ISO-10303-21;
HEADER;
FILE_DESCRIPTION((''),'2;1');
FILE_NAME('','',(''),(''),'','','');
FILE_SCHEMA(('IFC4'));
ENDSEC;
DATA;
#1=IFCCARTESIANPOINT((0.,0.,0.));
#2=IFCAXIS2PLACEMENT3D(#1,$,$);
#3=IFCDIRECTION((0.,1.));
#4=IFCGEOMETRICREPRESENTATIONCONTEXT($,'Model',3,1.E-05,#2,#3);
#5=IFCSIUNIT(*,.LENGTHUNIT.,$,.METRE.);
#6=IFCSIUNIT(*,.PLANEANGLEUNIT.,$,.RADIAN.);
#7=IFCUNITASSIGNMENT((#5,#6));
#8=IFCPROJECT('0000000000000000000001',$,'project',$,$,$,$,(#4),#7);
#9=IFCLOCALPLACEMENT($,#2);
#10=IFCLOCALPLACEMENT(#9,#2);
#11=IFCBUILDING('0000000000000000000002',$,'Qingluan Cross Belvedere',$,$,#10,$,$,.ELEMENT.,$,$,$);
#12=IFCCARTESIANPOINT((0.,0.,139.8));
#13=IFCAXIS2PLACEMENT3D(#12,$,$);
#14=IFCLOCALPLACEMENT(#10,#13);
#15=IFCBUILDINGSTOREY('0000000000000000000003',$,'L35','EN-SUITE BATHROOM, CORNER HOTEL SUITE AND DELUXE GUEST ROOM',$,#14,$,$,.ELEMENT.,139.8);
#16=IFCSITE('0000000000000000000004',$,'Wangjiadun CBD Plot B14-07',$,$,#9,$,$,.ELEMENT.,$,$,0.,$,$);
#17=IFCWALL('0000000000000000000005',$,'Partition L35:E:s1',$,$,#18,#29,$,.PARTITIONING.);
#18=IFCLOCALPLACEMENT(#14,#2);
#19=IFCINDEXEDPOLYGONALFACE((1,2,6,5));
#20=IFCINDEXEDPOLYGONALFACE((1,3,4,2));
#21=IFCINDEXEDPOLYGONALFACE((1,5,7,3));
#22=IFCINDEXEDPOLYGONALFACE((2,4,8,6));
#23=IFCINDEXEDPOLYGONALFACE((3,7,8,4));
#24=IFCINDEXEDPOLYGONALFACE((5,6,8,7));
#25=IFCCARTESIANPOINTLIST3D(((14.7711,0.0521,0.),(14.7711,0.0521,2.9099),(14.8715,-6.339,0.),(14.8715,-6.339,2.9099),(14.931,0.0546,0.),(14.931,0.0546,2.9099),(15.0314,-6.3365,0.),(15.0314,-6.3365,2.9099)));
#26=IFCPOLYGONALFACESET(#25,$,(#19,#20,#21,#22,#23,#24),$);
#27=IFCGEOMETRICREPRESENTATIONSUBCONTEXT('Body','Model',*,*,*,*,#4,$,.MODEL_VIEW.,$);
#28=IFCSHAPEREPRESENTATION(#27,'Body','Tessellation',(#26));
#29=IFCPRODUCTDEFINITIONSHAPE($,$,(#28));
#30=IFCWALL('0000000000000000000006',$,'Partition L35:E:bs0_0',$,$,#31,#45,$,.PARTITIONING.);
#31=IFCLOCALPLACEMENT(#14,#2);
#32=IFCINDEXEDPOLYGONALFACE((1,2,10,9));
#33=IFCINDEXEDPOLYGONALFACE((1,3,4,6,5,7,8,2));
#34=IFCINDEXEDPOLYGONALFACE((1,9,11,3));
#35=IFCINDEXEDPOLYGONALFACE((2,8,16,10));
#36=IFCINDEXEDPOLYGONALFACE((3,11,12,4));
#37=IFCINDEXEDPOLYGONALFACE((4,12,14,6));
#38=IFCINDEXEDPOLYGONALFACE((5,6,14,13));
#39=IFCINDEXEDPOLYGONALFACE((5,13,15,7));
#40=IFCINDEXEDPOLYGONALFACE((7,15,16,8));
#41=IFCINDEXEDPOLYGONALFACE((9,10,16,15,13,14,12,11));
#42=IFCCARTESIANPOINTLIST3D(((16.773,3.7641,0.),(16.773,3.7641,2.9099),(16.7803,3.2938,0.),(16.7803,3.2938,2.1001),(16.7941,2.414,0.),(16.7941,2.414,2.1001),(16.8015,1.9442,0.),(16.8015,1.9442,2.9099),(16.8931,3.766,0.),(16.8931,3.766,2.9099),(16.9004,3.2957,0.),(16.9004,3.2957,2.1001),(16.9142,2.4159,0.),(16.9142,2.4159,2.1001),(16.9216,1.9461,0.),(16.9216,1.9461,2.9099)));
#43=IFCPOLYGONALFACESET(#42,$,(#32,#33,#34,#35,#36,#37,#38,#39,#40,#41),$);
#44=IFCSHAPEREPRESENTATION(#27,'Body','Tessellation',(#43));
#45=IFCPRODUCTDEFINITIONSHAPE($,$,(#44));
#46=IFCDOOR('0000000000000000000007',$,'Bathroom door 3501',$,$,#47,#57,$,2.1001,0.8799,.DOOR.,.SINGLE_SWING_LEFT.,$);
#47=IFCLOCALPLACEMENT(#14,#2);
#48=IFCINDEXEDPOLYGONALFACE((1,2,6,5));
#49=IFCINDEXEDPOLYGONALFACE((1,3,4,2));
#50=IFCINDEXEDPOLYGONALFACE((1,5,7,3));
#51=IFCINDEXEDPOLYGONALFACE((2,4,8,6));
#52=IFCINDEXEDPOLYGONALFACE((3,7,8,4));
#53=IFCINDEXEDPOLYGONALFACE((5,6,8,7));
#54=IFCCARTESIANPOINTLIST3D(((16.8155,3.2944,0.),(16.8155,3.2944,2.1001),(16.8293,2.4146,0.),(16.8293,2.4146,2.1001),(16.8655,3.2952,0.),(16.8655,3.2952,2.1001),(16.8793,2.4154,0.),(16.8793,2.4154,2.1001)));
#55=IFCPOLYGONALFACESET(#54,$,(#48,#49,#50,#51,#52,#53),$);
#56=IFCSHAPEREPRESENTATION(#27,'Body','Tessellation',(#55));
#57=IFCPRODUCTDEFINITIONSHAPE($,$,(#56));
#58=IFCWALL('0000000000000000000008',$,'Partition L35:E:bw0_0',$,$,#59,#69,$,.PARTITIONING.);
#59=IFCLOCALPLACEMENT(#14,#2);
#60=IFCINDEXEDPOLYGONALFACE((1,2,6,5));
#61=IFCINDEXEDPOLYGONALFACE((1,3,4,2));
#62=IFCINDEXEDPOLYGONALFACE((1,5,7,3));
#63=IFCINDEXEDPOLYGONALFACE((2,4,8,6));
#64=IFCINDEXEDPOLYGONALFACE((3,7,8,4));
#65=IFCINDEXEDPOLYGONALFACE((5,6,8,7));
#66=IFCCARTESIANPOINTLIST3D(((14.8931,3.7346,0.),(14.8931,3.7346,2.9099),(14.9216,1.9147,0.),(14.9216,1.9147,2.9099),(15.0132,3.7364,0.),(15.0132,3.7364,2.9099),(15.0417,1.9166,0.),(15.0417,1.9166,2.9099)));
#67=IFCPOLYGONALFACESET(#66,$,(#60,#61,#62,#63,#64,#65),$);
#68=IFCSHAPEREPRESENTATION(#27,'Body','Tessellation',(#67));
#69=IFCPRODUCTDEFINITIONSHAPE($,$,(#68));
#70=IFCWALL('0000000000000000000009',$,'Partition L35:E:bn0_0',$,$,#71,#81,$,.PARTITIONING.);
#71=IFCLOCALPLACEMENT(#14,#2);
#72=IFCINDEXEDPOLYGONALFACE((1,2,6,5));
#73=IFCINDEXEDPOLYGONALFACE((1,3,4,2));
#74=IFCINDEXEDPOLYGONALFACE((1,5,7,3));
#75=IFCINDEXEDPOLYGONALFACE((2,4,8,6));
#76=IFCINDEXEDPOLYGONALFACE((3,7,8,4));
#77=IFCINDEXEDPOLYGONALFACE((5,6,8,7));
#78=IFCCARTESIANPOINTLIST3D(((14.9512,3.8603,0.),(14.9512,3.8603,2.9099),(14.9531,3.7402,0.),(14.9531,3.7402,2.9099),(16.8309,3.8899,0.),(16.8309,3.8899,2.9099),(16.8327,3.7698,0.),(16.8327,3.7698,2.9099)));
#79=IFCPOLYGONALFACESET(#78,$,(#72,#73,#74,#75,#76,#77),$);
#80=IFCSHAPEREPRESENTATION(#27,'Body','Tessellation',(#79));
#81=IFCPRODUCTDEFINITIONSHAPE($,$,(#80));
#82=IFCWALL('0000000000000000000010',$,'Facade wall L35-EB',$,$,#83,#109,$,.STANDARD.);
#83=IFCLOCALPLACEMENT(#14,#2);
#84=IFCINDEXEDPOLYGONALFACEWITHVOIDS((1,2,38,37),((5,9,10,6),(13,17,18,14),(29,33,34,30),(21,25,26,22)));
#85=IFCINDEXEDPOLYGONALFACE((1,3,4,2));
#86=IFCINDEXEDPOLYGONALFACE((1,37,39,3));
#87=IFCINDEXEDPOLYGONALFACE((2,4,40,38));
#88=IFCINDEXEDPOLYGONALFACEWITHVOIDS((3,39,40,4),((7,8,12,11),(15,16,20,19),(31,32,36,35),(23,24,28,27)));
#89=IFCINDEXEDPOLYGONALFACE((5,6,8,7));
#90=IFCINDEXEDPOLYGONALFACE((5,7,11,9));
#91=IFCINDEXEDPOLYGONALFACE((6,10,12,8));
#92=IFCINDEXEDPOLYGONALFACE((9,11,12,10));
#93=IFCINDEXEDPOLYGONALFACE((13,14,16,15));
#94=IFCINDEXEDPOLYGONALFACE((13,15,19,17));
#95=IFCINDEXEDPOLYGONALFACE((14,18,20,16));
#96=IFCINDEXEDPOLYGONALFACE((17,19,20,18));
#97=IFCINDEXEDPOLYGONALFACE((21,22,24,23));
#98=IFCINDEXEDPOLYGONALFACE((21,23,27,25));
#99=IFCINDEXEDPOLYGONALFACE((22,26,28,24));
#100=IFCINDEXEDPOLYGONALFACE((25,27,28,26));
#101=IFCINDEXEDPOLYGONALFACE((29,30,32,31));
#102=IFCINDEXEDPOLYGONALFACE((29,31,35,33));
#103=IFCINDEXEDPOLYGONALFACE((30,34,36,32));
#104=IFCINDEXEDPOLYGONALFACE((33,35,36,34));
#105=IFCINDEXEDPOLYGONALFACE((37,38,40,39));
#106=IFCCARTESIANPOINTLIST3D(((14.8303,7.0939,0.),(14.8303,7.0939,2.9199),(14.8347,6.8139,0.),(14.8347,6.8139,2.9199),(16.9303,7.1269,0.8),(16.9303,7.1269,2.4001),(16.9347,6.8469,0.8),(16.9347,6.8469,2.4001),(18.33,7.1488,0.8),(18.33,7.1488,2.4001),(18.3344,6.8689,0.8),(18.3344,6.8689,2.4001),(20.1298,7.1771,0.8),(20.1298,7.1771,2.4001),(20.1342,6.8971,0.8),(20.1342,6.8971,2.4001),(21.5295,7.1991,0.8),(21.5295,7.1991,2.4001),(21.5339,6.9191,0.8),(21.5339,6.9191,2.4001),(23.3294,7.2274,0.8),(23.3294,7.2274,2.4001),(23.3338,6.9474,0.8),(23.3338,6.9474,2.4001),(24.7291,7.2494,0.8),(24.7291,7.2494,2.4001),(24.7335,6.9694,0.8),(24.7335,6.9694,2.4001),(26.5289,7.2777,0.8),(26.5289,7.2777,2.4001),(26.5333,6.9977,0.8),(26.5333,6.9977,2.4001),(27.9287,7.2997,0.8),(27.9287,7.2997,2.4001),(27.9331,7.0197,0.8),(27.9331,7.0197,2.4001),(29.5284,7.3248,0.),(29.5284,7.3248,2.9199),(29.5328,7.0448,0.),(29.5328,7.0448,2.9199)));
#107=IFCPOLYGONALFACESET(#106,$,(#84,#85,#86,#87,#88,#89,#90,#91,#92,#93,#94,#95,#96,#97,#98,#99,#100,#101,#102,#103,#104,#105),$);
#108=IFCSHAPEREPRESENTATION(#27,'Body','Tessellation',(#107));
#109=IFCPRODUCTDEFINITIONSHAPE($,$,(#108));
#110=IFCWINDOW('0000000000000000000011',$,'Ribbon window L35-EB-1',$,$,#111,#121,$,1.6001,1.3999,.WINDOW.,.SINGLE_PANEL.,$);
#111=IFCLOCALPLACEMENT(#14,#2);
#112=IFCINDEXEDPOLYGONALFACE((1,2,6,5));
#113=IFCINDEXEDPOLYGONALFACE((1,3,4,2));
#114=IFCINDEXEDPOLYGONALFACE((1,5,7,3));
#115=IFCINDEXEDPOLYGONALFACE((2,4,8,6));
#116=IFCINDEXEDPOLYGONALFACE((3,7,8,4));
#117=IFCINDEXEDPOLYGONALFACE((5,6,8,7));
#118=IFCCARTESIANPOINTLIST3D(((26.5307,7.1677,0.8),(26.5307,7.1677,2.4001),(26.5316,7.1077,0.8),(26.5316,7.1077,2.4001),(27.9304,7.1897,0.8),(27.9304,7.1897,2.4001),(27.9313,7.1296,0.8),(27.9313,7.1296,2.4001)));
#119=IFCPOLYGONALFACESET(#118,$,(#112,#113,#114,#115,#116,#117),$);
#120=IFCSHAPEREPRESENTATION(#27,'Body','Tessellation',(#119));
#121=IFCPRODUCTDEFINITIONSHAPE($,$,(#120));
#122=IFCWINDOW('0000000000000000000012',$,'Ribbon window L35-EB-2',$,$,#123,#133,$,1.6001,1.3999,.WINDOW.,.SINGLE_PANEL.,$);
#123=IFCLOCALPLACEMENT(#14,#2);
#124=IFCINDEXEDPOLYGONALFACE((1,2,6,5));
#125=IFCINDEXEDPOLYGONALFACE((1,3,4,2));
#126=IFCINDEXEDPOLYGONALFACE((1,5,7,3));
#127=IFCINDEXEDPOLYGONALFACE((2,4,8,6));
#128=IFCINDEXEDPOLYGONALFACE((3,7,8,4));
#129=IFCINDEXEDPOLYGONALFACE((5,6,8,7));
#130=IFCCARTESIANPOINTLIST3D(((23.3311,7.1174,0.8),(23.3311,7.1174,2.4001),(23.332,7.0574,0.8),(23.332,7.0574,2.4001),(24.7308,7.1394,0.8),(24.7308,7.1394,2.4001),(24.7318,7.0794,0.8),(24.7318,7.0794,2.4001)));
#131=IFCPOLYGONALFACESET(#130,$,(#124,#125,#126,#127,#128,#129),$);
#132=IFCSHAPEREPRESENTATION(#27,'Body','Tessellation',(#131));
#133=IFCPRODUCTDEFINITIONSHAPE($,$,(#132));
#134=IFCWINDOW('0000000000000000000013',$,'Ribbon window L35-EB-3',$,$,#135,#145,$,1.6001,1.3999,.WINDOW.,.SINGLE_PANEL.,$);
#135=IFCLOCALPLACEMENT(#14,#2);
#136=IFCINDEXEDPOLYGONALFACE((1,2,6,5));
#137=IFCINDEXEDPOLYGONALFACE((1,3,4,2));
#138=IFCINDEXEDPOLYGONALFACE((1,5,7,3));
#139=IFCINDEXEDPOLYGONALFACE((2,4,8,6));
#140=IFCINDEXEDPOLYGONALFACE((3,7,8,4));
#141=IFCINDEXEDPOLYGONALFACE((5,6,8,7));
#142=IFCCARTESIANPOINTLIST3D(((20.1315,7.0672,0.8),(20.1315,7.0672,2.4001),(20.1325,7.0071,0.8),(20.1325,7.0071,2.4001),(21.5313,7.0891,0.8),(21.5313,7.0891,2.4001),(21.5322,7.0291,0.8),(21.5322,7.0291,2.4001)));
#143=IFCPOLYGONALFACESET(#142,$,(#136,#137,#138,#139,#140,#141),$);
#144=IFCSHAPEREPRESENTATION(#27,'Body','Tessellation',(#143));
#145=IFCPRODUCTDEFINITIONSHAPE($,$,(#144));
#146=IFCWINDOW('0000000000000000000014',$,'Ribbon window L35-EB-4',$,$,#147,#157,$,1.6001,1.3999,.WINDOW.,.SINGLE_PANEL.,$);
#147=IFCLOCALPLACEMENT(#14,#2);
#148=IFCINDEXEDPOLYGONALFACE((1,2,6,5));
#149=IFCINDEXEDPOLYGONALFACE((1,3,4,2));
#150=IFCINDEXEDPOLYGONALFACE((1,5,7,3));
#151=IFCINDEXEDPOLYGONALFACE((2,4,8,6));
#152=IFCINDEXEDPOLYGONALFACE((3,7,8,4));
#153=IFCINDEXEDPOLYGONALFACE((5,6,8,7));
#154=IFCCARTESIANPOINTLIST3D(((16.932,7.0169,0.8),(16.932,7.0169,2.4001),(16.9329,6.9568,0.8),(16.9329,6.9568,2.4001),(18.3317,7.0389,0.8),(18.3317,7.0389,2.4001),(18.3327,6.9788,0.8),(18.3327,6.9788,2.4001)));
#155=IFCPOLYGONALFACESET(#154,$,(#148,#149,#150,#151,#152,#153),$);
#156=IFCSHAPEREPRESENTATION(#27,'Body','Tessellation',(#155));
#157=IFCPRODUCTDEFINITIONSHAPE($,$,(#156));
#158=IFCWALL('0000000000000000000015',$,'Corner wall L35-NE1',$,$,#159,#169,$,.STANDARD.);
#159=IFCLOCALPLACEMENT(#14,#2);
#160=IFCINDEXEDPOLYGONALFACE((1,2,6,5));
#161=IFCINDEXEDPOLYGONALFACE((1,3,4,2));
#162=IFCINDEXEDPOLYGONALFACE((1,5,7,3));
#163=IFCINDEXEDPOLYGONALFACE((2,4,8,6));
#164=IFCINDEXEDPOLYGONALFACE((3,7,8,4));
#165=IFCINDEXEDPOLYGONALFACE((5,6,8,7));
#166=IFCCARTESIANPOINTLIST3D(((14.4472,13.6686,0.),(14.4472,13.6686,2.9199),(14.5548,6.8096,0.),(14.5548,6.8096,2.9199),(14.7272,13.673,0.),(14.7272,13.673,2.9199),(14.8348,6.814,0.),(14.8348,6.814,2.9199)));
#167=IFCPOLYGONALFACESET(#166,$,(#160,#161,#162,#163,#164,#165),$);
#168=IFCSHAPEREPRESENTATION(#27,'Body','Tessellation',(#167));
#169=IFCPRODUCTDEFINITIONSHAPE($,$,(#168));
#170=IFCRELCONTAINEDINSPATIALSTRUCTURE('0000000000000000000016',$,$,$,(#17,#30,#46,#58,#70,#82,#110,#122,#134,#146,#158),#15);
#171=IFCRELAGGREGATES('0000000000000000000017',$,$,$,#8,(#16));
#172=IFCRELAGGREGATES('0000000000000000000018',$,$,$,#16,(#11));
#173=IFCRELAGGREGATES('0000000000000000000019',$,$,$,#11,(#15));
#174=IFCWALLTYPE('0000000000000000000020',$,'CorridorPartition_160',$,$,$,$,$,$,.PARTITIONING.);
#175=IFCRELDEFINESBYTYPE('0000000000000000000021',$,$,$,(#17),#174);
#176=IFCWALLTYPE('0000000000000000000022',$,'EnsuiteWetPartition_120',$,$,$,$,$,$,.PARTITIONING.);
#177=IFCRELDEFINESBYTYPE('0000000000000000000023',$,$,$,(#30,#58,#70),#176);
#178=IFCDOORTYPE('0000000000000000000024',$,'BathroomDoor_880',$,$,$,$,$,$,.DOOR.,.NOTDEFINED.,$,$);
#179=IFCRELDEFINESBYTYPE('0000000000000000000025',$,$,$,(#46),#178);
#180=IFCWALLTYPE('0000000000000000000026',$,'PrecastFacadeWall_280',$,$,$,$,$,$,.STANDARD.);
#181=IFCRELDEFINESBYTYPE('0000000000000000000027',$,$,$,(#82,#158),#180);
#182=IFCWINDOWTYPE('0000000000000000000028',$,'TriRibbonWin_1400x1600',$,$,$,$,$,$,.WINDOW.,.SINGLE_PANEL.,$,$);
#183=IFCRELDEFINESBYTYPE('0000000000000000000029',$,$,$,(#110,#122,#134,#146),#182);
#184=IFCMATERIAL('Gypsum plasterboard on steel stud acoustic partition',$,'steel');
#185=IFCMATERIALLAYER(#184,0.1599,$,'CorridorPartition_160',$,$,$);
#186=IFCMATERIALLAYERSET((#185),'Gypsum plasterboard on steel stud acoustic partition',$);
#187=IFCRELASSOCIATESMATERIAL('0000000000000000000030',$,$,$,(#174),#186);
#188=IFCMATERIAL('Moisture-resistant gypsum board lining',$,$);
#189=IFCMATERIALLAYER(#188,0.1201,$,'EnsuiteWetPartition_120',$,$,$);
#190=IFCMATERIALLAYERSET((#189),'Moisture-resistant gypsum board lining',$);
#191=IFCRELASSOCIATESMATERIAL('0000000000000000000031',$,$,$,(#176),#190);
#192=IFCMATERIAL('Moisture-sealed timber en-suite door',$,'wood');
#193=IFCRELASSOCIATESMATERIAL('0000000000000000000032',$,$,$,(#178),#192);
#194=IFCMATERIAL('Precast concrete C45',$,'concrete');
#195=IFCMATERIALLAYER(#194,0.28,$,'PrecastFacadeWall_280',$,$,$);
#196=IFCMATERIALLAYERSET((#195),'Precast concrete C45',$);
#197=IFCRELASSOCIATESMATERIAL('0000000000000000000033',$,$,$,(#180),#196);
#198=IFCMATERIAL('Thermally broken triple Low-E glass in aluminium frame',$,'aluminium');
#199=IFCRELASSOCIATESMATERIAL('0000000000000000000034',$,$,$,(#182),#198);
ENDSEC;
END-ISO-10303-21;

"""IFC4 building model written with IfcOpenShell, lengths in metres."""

from ifc_helpers import new_model, si_unit, direction, frame, frame_2d, origin, place, context, subcontext, project, spatial, rectangle, extrude, material, layer, layer_set, type_object, element, fill, save


model = new_model("IFC4")

# Units and contexts
model_context = context("Model", 3, precision=1e-05, world=origin(), true_north=direction((0.0, 1.0)))
body_context = subcontext(model_context, "Body", "Model", "MODEL_VIEW")
ifc_project = project(units=[si_unit("LENGTHUNIT", "METRE"), si_unit("PLANEANGLEUNIT", "RADIAN")], contexts=[model_context])

# Site, building, storey
site_placement = place(None, origin())
site = spatial("IfcSite", under=ifc_project, at=site_placement, Name="Wangjiadun CBD Plot B14-07", CompositionType="ELEMENT", RefElevation=0.0)
building_placement = place(site_placement, origin())
building = spatial("IfcBuilding", under=site, at=building_placement, Name="Qingluan Cross Belvedere", CompositionType="ELEMENT")
storey_placement = place(building_placement, frame((0.0, 0.0, 139.8)))
storey = spatial("IfcBuildingStorey", under=building, at=storey_placement, Name="L35", Description="EN-SUITE BATHROOM, CORNER HOTEL SUITE AND DELUXE GUEST ROOM", CompositionType="ELEMENT", Elevation=139.8)

# Shared definitions
ifc_material_1 = material(Name="Gypsum plasterboard on steel stud acoustic partition", Category="steel")
ifc_layer_1 = layer(ifc_material_1, 0.1599, Name="CorridorPartition_160")
ifc_layer_set_1 = layer_set([ifc_layer_1], Name="Gypsum plasterboard on steel stud acoustic partition")
wall_type_1 = type_object("IfcWallType", Name="CorridorPartition_160", PredefinedType="PARTITIONING", material=ifc_layer_set_1)

# Wall
wall_1_placement = place(storey_placement, frame((14.8511, 0.0532, 0.0), z_axis=(0.0, 0.0, 1.0), x_axis=(0.015698, -0.999877, 0.0)))
element("IfcWall", 1, at=wall_1_placement, inside=storey, type_object=wall_type_1, Name="Partition L35:E:s1", PredefinedType="PARTITIONING", context=body_context, shape_type="SweptSolid", body=[
    extrude(rectangle(XDim=6.3918, YDim=0.1599, at=frame_2d((3.1958, 0.0))), origin(), (0.0, 0.0, 1.0), 2.9099),
])

# Wall, opening, door
ifc_material_2 = material(Name="Moisture-resistant gypsum board lining")
ifc_layer_2 = layer(ifc_material_2, 0.1201, Name="EnsuiteWetPartition_120")
ifc_layer_set_2 = layer_set([ifc_layer_2], Name="Moisture-resistant gypsum board lining")
wall_type_2 = type_object("IfcWallType", Name="EnsuiteWetPartition_120", PredefinedType="PARTITIONING", material=ifc_layer_set_2)
wall_2_placement = place(storey_placement, frame((16.8616, 1.9451, 0.0), z_axis=(0.0, 0.0, 1.0), x_axis=(-0.015694, 0.999877, 0.0)))
wall_2 = element("IfcWall", 2, at=wall_2_placement, inside=storey, type_object=wall_type_2, Name="Partition L35:E:bs0_0", PredefinedType="PARTITIONING", context=body_context, shape_type="SweptSolid", body=[
    extrude(rectangle(XDim=1.8201, YDim=0.1201, at=frame_2d((0.9102, 0.0))), origin(), (0.0, 0.0, 1.0), 2.9099),
])
opening_1_placement = place(wall_2_placement, frame((0.47, 0.0, 0.0)))
opening_1 = element("IfcOpeningElement", 3, at=opening_1_placement, cuts=wall_2, PredefinedType="OPENING", context=body_context, shape_type="SweptSolid", body=[
    extrude(rectangle(XDim=0.8799, YDim=2.1001, at=frame_2d((0.4399, 1.05))), frame((0.0, 0.0701, 0.0), z_axis=(0.0, -1.0, 0.0), x_axis=(1.0, 0.0, 0.0)), (0.0, 0.0, 1.0), 0.1401),
])
ifc_material_3 = material(Name="Moisture-sealed timber en-suite door", Category="wood")
door_type_1 = type_object("IfcDoorType", Name="BathroomDoor_880", OperationType="NOTDEFINED", PredefinedType="DOOR", material=ifc_material_3)
door_1_placement = place(opening_1_placement, origin())
door_1 = element("IfcDoor", 4, at=door_1_placement, inside=storey, type_object=door_type_1, Name="Bathroom door 3501", OperationType="SINGLE_SWING_LEFT", OverallHeight=2.1001, OverallWidth=0.8799, PredefinedType="DOOR", context=body_context, shape_type="SweptSolid", body=[
    extrude(rectangle(XDim=0.8799, YDim=2.1001, at=frame_2d((0.4399, 1.05))), frame((0.0, 0.0249, 0.0), z_axis=(0.0, -1.0, 0.0), x_axis=(1.0, 0.0, 0.0)), (0.0, 0.0, 1.0), 0.05),
])
fill(opening_1, door_1)

# Walls
wall_3_placement = place(storey_placement, frame((14.9817, 1.9155, 0.0), z_axis=(0.0, 0.0, 1.0), x_axis=(-0.015694, 0.999877, 0.0)))
element("IfcWall", 5, at=wall_3_placement, inside=storey, type_object=wall_type_2, Name="Partition L35:E:bw0_0", PredefinedType="PARTITIONING", context=body_context, shape_type="SweptSolid", body=[
    extrude(rectangle(XDim=1.8201, YDim=0.1201, at=frame_2d((0.9102, 0.0))), origin(), (0.0, 0.0, 1.0), 2.9099),
])
wall_4_placement = place(storey_placement, frame((14.9521, 3.8003, 0.0), z_axis=(0.0, 0.0, 1.0), x_axis=(0.999877, 0.015714, 0.0)))
element("IfcWall", 6, at=wall_4_placement, inside=storey, type_object=wall_type_2, Name="Partition L35:E:bn0_0", PredefinedType="PARTITIONING", context=body_context, shape_type="SweptSolid", body=[
    extrude(rectangle(XDim=1.8799, YDim=0.1201, at=frame_2d((0.9399, 0.0))), origin(), (0.0, 0.0, 1.0), 2.9099),
])

# Wall, openings, windows
ifc_material_4 = material(Name="Precast concrete C45", Category="concrete")
ifc_layer_3 = layer(ifc_material_4, 0.28, Name="PrecastFacadeWall_280")
ifc_layer_set_3 = layer_set([ifc_layer_3], Name="Precast concrete C45")
wall_type_3 = type_object("IfcWallType", Name="PrecastFacadeWall_280", PredefinedType="STANDARD", material=ifc_layer_set_3)
wall_5_placement = place(storey_placement, frame((29.5308, 7.1848, 0.0), z_axis=(0.0, 0.0, 1.0), x_axis=(-0.999877, -0.015711, 0.0)))
wall_5 = element("IfcWall", 7, at=wall_5_placement, inside=storey, type_object=wall_type_3, Name="Facade wall L35-EB", PredefinedType="STANDARD", context=body_context, shape_type="SweptSolid", body=[
    extrude(rectangle(XDim=14.7, YDim=0.28, at=frame_2d((7.3501, 0.0))), origin(), (0.0, 0.0, 1.0), 2.9199),
])
opening_2_placement = place(wall_5_placement, frame((1.6001, 0.0, 0.8)))
opening_2 = element("IfcOpeningElement", 8, at=opening_2_placement, cuts=wall_5, PredefinedType="OPENING", context=body_context, shape_type="SweptSolid", body=[
    extrude(rectangle(XDim=1.3999, YDim=1.6001, at=frame_2d((0.7, 0.8))), frame((0.0, 0.1499, 0.0), z_axis=(0.0, -1.0, 0.0), x_axis=(1.0, 0.0, 0.0)), (0.0, 0.0, 1.0), 0.3),
])
opening_3_placement = place(wall_5_placement, frame((4.8, 0.0, 0.8)))
opening_3 = element("IfcOpeningElement", 9, at=opening_3_placement, cuts=wall_5, PredefinedType="OPENING", context=body_context, shape_type="SweptSolid", body=[
    extrude(rectangle(XDim=1.3999, YDim=1.6001, at=frame_2d((0.7, 0.8))), frame((0.0, 0.1499, 0.0), z_axis=(0.0, -1.0, 0.0), x_axis=(1.0, 0.0, 0.0)), (0.0, 0.0, 1.0), 0.3),
])
opening_4_placement = place(wall_5_placement, frame((8.0, 0.0, 0.8)))
opening_4 = element("IfcOpeningElement", 10, at=opening_4_placement, cuts=wall_5, PredefinedType="OPENING", context=body_context, shape_type="SweptSolid", body=[
    extrude(rectangle(XDim=1.3999, YDim=1.6001, at=frame_2d((0.7, 0.8))), frame((0.0, 0.1499, 0.0), z_axis=(0.0, -1.0, 0.0), x_axis=(1.0, 0.0, 0.0)), (0.0, 0.0, 1.0), 0.3),
])
opening_5_placement = place(wall_5_placement, frame((11.2, 0.0, 0.8)))
opening_5 = element("IfcOpeningElement", 11, at=opening_5_placement, cuts=wall_5, PredefinedType="OPENING", context=body_context, shape_type="SweptSolid", body=[
    extrude(rectangle(XDim=1.3999, YDim=1.6001, at=frame_2d((0.7, 0.8))), frame((0.0, 0.1499, 0.0), z_axis=(0.0, -1.0, 0.0), x_axis=(1.0, 0.0, 0.0)), (0.0, 0.0, 1.0), 0.3),
])
ifc_material_5 = material(Name="Thermally broken triple Low-E glass in aluminium frame", Category="aluminium")
window_type = type_object("IfcWindowType", Name="TriRibbonWin_1400x1600", PartitioningType="SINGLE_PANEL", PredefinedType="WINDOW", material=ifc_material_5)
window_1_placement = place(opening_2_placement, origin())
window_1 = element("IfcWindow", 12, at=window_1_placement, inside=storey, type_object=window_type, Name="Ribbon window L35-EB-1", OverallHeight=1.6001, OverallWidth=1.3999, PartitioningType="SINGLE_PANEL", PredefinedType="WINDOW", context=body_context, shape_type="SweptSolid", body=[
    extrude(rectangle(XDim=1.3999, YDim=1.6001, at=frame_2d((0.7, 0.8))), frame((0.0, 0.03, 0.0), z_axis=(0.0, -1.0, 0.0), x_axis=(1.0, 0.0, 0.0)), (0.0, 0.0, 1.0), 0.0601),
])
fill(opening_2, window_1)
window_2_placement = place(opening_3_placement, origin())
window_2 = element("IfcWindow", 13, at=window_2_placement, inside=storey, type_object=window_type, Name="Ribbon window L35-EB-2", OverallHeight=1.6001, OverallWidth=1.3999, PartitioningType="SINGLE_PANEL", PredefinedType="WINDOW", context=body_context, shape_type="SweptSolid", body=[
    extrude(rectangle(XDim=1.3999, YDim=1.6001, at=frame_2d((0.7, 0.8))), frame((0.0, 0.03, 0.0), z_axis=(0.0, -1.0, 0.0), x_axis=(1.0, 0.0, 0.0)), (0.0, 0.0, 1.0), 0.0601),
])
fill(opening_3, window_2)
window_3_placement = place(opening_4_placement, origin())
window_3 = element("IfcWindow", 14, at=window_3_placement, inside=storey, type_object=window_type, Name="Ribbon window L35-EB-3", OverallHeight=1.6001, OverallWidth=1.3999, PartitioningType="SINGLE_PANEL", PredefinedType="WINDOW", context=body_context, shape_type="SweptSolid", body=[
    extrude(rectangle(XDim=1.3999, YDim=1.6001, at=frame_2d((0.7, 0.8))), frame((0.0, 0.03, 0.0), z_axis=(0.0, -1.0, 0.0), x_axis=(1.0, 0.0, 0.0)), (0.0, 0.0, 1.0), 0.0601),
])
fill(opening_4, window_3)
window_4_placement = place(opening_5_placement, origin())
window_4 = element("IfcWindow", 15, at=window_4_placement, inside=storey, type_object=window_type, Name="Ribbon window L35-EB-4", OverallHeight=1.6001, OverallWidth=1.3999, PartitioningType="SINGLE_PANEL", PredefinedType="WINDOW", context=body_context, shape_type="SweptSolid", body=[
    extrude(rectangle(XDim=1.3999, YDim=1.6001, at=frame_2d((0.7, 0.8))), frame((0.0, 0.03, 0.0), z_axis=(0.0, -1.0, 0.0), x_axis=(1.0, 0.0, 0.0)), (0.0, 0.0, 1.0), 0.0601),
])
fill(opening_5, window_4)

# Wall
wall_6_placement = place(storey_placement, frame((14.6948, 6.8118, 0.0), z_axis=(0.0, 0.0, 1.0), x_axis=(-0.015695, 0.999877, 0.0)))
element("IfcWall", 16, at=wall_6_placement, inside=storey, type_object=wall_type_3, Name="Corner wall L35-NE1", PredefinedType="STANDARD", context=body_context, shape_type="SweptSolid", body=[
    extrude(rectangle(XDim=6.8599, YDim=0.28, at=frame_2d((3.4299, 0.0))), origin(), (0.0, 0.0, 1.0), 2.9199),
])

save(model, "model.ifc")
